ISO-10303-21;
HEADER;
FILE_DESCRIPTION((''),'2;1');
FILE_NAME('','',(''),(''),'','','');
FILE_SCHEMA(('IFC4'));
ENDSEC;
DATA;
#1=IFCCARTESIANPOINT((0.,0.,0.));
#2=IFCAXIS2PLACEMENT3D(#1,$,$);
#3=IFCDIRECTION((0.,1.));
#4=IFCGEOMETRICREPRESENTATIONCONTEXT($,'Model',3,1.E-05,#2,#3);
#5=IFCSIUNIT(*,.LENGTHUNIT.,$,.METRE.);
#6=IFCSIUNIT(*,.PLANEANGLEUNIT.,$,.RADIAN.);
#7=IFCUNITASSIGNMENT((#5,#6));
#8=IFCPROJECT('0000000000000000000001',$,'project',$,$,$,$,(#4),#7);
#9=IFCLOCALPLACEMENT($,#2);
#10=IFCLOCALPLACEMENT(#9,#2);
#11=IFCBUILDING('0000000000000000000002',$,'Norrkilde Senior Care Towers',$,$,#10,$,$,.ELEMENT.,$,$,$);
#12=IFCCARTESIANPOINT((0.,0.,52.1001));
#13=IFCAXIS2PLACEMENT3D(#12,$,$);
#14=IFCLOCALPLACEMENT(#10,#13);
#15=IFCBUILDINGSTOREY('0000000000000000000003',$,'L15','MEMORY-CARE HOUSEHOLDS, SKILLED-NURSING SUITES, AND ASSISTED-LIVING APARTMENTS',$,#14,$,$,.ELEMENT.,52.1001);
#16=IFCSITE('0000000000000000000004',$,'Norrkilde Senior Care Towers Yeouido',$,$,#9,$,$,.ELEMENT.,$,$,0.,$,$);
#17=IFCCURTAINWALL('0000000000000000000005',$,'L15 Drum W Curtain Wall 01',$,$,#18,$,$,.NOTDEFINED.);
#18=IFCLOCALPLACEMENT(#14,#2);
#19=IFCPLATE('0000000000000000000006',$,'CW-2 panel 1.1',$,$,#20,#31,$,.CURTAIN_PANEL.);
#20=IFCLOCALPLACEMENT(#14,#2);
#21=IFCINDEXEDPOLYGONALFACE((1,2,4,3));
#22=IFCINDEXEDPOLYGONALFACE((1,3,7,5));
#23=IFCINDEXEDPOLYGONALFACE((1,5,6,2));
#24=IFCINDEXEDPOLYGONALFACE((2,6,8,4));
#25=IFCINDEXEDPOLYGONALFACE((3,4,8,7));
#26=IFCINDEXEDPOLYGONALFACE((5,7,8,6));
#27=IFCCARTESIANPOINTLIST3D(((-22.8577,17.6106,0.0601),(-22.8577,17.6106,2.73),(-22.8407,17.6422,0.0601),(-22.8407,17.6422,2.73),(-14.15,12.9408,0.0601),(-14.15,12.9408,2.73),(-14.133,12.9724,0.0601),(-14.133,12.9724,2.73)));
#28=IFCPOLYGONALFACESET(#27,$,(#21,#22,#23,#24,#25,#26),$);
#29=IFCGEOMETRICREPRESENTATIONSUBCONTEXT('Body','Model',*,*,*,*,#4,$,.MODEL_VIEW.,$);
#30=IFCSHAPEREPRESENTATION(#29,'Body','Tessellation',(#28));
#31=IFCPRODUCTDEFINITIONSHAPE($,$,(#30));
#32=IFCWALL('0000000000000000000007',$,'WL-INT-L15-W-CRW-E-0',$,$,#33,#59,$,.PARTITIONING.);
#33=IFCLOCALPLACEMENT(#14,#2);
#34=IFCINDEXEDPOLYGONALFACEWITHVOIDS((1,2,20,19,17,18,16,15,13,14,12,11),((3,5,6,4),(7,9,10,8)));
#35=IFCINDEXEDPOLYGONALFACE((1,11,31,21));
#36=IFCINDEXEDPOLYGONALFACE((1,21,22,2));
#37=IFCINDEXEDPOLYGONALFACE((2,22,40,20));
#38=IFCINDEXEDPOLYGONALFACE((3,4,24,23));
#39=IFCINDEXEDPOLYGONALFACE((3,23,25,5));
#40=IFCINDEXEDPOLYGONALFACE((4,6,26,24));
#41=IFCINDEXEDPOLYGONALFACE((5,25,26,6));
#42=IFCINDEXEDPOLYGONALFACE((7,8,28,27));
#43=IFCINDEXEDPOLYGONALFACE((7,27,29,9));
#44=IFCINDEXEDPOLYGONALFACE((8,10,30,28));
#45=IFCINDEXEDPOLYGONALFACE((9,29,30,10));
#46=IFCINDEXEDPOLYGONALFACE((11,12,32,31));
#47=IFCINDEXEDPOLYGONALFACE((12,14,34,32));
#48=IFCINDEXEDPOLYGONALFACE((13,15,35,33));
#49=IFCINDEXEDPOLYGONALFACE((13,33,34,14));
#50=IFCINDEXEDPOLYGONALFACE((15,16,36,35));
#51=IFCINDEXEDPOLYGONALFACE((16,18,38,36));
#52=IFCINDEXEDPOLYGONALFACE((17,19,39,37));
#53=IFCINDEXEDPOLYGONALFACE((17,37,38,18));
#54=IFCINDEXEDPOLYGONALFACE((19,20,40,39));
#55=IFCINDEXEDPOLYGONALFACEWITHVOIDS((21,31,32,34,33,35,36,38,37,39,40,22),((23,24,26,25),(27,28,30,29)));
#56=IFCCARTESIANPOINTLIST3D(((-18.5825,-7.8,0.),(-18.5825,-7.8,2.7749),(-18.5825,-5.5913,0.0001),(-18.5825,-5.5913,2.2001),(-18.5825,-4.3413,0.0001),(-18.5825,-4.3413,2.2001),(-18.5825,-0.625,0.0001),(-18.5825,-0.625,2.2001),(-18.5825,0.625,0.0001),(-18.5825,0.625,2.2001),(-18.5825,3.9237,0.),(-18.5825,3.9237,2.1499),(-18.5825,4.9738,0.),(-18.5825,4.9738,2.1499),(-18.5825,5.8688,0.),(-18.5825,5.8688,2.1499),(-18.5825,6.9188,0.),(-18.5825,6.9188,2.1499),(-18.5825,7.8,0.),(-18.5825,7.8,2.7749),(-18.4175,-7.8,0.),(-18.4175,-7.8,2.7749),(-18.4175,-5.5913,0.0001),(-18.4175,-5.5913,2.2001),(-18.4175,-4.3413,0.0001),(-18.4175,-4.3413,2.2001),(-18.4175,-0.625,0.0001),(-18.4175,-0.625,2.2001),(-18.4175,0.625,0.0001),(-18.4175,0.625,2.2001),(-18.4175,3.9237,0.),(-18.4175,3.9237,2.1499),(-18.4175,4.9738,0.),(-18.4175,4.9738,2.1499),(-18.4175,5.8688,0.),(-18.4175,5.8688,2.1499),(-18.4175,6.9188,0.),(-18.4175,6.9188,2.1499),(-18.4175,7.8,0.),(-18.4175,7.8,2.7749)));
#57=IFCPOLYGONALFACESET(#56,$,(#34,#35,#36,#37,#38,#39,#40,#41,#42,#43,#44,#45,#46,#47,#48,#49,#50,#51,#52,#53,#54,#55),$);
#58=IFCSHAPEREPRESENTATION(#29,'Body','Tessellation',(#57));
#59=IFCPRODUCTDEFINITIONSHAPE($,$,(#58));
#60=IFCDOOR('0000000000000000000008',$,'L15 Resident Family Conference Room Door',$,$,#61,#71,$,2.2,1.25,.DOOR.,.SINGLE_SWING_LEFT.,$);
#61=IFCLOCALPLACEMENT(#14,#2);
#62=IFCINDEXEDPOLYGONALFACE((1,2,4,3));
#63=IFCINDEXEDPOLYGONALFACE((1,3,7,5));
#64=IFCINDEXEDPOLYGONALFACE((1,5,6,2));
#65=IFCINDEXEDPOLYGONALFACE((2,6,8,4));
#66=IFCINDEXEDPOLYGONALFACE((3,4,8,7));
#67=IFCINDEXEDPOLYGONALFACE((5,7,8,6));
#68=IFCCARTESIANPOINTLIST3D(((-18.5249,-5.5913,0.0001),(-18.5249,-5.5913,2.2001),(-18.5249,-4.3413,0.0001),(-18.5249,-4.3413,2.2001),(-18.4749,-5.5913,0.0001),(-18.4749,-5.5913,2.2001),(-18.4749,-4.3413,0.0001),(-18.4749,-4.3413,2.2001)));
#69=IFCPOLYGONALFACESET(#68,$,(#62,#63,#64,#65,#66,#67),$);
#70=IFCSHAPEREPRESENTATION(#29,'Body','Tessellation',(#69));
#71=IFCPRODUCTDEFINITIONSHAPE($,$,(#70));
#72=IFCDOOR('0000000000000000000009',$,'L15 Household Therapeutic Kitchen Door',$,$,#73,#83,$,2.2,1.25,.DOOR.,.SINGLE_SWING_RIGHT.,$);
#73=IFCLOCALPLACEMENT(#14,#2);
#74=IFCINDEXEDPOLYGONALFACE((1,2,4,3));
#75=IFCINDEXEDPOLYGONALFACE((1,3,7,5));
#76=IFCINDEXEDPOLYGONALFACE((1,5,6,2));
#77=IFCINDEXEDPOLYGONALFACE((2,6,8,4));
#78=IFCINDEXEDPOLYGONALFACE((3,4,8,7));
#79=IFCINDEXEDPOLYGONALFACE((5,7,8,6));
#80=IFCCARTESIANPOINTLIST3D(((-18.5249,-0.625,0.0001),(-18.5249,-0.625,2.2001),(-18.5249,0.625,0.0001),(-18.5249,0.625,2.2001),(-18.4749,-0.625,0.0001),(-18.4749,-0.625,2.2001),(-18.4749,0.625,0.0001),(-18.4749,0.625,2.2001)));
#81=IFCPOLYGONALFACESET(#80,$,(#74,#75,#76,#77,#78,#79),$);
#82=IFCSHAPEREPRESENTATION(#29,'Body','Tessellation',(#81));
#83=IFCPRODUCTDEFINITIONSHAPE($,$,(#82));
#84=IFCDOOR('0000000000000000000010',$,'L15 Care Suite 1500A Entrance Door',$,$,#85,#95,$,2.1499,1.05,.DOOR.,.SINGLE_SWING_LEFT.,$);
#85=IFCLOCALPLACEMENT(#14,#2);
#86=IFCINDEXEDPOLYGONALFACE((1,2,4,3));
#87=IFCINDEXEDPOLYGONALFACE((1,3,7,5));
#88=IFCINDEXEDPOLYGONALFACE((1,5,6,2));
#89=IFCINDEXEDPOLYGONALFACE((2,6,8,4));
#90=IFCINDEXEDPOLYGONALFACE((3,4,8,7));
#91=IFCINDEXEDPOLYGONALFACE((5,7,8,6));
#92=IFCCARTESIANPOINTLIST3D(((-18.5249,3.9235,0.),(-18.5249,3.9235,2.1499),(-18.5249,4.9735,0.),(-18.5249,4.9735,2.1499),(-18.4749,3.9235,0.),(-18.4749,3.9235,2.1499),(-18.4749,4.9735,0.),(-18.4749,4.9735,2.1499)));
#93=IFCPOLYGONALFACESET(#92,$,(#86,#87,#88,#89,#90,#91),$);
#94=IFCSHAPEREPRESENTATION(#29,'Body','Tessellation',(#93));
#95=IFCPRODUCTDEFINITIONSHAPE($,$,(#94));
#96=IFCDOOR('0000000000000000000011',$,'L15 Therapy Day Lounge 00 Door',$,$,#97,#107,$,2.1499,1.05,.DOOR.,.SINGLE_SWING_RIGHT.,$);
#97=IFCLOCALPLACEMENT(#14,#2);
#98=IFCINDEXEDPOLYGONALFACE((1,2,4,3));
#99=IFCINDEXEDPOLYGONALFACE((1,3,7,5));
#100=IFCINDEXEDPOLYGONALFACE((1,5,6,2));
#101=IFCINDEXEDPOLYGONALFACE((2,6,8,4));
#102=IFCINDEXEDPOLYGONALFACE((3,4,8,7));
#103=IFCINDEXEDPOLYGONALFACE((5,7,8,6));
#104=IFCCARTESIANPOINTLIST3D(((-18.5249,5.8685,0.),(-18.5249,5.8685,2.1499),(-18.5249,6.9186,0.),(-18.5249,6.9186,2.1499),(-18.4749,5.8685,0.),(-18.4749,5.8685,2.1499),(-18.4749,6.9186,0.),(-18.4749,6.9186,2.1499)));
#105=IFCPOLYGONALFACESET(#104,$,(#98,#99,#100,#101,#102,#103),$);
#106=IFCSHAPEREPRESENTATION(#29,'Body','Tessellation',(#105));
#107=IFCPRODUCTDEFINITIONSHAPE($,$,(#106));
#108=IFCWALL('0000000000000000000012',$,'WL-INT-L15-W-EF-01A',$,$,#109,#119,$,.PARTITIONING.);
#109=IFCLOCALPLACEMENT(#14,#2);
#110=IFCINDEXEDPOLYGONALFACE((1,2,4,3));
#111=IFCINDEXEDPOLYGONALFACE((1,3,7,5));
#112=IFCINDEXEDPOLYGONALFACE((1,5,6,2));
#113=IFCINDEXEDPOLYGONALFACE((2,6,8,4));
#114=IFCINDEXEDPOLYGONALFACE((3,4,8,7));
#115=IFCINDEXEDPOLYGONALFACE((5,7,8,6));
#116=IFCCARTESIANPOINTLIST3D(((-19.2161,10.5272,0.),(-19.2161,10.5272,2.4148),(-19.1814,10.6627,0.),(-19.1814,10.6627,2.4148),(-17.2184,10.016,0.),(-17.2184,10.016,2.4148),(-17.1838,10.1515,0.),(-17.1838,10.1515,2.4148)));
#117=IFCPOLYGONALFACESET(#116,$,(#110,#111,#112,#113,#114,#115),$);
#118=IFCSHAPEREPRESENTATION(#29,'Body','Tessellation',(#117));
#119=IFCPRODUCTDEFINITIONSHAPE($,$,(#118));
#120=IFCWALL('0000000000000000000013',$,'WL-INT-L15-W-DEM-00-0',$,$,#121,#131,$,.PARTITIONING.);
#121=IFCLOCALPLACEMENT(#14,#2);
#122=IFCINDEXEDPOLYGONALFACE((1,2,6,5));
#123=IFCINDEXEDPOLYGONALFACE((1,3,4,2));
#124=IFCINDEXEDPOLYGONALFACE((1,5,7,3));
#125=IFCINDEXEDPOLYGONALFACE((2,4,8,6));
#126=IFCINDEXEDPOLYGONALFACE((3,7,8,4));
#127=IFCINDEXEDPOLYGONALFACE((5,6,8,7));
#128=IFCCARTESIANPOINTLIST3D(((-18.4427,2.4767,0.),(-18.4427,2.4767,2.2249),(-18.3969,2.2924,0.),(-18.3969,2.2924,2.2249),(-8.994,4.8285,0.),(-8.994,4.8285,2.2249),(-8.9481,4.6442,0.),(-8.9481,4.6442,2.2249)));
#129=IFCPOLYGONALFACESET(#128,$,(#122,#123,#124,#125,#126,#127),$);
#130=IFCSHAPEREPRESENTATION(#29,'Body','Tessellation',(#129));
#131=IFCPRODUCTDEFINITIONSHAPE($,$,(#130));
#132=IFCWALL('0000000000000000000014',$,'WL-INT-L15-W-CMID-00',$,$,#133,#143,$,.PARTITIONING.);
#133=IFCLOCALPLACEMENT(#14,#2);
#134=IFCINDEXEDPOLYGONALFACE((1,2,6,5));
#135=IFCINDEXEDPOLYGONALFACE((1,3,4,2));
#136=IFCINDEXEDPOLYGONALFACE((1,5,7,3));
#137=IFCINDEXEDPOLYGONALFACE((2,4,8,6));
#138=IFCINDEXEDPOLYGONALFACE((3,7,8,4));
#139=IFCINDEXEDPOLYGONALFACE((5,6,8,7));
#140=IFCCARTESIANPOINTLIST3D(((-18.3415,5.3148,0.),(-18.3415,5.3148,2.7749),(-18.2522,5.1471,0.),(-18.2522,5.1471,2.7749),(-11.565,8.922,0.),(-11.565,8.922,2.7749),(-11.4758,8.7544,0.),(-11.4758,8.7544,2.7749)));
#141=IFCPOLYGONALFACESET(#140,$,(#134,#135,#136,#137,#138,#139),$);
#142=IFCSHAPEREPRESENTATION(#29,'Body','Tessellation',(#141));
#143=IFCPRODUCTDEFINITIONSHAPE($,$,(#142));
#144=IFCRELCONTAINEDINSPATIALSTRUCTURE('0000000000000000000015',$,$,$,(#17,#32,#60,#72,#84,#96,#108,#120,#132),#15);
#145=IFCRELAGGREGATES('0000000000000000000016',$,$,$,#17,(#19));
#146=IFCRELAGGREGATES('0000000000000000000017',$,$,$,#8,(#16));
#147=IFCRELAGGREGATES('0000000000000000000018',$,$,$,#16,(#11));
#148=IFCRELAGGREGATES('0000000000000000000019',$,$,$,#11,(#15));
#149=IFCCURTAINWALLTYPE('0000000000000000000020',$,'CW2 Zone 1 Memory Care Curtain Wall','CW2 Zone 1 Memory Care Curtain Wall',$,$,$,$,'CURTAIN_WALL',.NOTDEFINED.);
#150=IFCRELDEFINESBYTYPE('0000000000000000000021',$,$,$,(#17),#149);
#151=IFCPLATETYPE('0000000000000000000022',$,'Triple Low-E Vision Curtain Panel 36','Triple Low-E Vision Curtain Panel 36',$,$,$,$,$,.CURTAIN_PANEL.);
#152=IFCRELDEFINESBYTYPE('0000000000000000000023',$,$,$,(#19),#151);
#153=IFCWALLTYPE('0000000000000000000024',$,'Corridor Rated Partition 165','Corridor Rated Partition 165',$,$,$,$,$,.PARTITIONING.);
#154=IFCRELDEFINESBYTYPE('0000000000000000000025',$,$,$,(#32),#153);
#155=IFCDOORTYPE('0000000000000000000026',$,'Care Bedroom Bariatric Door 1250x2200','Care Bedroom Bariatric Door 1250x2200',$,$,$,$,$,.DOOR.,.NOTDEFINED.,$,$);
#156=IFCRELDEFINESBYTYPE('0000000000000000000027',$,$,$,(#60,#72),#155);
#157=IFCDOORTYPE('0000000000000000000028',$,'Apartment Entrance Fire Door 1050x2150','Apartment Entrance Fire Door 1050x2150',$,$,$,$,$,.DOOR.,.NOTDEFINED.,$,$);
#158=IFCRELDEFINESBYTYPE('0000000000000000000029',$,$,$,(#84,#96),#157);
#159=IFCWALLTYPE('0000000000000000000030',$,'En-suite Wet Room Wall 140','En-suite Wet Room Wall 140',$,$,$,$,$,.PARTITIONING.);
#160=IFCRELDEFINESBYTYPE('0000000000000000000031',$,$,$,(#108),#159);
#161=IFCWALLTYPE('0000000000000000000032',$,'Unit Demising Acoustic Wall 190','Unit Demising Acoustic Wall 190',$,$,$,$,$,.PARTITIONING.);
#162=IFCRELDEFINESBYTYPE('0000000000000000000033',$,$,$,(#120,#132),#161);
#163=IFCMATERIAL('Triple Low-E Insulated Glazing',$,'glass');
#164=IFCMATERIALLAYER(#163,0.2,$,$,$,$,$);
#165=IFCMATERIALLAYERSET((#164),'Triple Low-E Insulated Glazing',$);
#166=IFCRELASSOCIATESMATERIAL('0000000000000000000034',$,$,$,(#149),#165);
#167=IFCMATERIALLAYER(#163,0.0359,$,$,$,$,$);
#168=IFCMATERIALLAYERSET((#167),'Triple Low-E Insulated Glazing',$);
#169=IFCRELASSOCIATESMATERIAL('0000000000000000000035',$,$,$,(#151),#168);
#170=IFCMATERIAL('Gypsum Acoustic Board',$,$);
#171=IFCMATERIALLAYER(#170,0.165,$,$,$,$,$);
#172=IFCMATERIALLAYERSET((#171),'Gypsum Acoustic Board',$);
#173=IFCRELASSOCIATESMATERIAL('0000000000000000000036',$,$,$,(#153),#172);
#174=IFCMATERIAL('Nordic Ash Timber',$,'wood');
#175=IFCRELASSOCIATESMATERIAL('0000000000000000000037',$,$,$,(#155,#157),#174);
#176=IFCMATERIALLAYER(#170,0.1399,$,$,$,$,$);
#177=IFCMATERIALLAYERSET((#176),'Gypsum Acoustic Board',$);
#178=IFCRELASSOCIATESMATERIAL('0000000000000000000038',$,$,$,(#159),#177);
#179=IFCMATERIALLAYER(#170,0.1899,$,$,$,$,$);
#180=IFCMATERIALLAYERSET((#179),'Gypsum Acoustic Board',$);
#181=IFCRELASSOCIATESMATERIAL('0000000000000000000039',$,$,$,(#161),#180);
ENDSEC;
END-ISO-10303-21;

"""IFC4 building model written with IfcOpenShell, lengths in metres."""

from ifc_helpers import new_model, si_unit, direction, frame, frame_2d, origin, origin_2d, place, context, subcontext, project, spatial, rectangle, extrude, source, transform, mapped, material, layer, layer_set, type_object, type_shapes, element, fill, aggregate, save


model = new_model("IFC4")

# Units and contexts
model_context = context("Model", 3, precision=1e-05, world=origin(), true_north=direction((0.0, 1.0)))
body_context = subcontext(model_context, "Body", "Model", "MODEL_VIEW")
ifc_project = project(units=[si_unit("LENGTHUNIT", "METRE"), si_unit("PLANEANGLEUNIT", "RADIAN")], contexts=[model_context])

# Site, building, storey
site_placement = place(None, origin())
site = spatial("IfcSite", under=ifc_project, at=site_placement, Name="Norrkilde Senior Care Towers Yeouido", CompositionType="ELEMENT", RefElevation=0.0)
building_placement = place(site_placement, origin())
building = spatial("IfcBuilding", under=site, at=building_placement, Name="Norrkilde Senior Care Towers", CompositionType="ELEMENT")
storey_placement = place(building_placement, frame((0.0, 0.0, 52.1001)))
storey = spatial("IfcBuildingStorey", under=building, at=storey_placement, Name="L15", Description="MEMORY-CARE HOUSEHOLDS, SKILLED-NURSING SUITES, AND ASSISTED-LIVING APARTMENTS", CompositionType="ELEMENT", Elevation=52.1001)

# Shared definitions
ifc_material_1 = material(Name="Triple Low-E Insulated Glazing", Category="glass")
ifc_layer_1 = layer(ifc_material_1, 0.2)
ifc_layer_set_1 = layer_set([ifc_layer_1], Name="Triple Low-E Insulated Glazing")
curtain_wall_type = type_object("IfcCurtainWallType", Name="CW2 Zone 1 Memory Care Curtain Wall", Description="CW2 Zone 1 Memory Care Curtain Wall", ElementType="CURTAIN_WALL", PredefinedType="NOTDEFINED", material=ifc_layer_set_1)

# Curtain wall
curtain_wall_1_placement = place(storey_placement, origin())
curtain_wall_1 = element("IfcCurtainWall", 1, at=curtain_wall_1_placement, inside=storey, type_object=curtain_wall_type, Name="L15 Drum W Curtain Wall 01", PredefinedType="NOTDEFINED")

# Plate
ifc_layer_2 = layer(ifc_material_1, 0.0359)
ifc_layer_set_2 = layer_set([ifc_layer_2], Name="Triple Low-E Insulated Glazing")
plate_type = type_object("IfcPlateType", Name="Triple Low-E Vision Curtain Panel 36", Description="Triple Low-E Vision Curtain Panel 36", PredefinedType="CURTAIN_PANEL", material=ifc_layer_set_2)
shared_shape_1 = source(origin(), body_context, "Body", "SweptSolid", [
    extrude(rectangle(XDim=9.8809, YDim=0.0359, at=origin_2d()), origin(), (0.0, 0.0, 1.0), 2.6699),
])
plate_1_placement = place(storey_placement, frame((-18.4954, 15.2915, 0.0601), z_axis=(0.0, 0.0, 1.0), x_axis=(0.881273, -0.472608, 0.0)))
plate_1 = element("IfcPlate", 2, at=plate_1_placement, type_object=plate_type, Name="CW-2 panel 1.1", PredefinedType="CURTAIN_PANEL", context=body_context, shape_type="MappedRepresentation", body=[
    mapped(shared_shape_1, transform((0.0, 0.0, 0.0), x_axis=(1.0, 0.0, 0.0), y_axis=(0.0, 1.0, 0.0), z_axis=(0.0, 0.0, 1.0), scale=1.0)),
])
aggregate(curtain_wall_1, [plate_1])

# Wall, openings, doors
ifc_material_2 = material(Name="Gypsum Acoustic Board")
ifc_layer_3 = layer(ifc_material_2, 0.165)
ifc_layer_set_3 = layer_set([ifc_layer_3], Name="Gypsum Acoustic Board")
wall_type_1 = type_object("IfcWallType", Name="Corridor Rated Partition 165", Description="Corridor Rated Partition 165", PredefinedType="PARTITIONING", material=ifc_layer_set_3)
shared_shape_2 = source(origin(), body_context, "Body", "SweptSolid", [
    extrude(rectangle(XDim=15.6001, YDim=0.165, at=frame_2d((7.8, 0.0))), origin(), (0.0, 0.0, 1.0), 2.7749),
])
type_shapes(wall_type_1, [shared_shape_2])
wall_1_placement = place(storey_placement, frame((-18.5, 7.8, 0.0), z_axis=(0.0, 0.0, 1.0), x_axis=(0.0, -1.0, 0.0)))
wall_1 = element("IfcWall", 3, at=wall_1_placement, inside=storey, type_object=wall_type_1, Name="WL-INT-L15-W-CRW-E-0", PredefinedType="PARTITIONING", context=body_context, shape_type="MappedRepresentation", body=[
    mapped(shared_shape_2, transform((0.0, 0.0, 0.0), x_axis=(1.0, 0.0, 0.0), y_axis=(0.0, 1.0, 0.0), z_axis=(0.0, 0.0, 1.0), scale=1.0)),
])
opening_1_placement = place(wall_1_placement, frame((12.1414, 0.0, 0.0)))
opening_1 = element("IfcOpeningElement", 4, at=opening_1_placement, cuts=wall_1, PredefinedType="OPENING", context=body_context, shape_type="SweptSolid", body=[
    extrude(rectangle(XDim=1.25, YDim=2.2, at=frame_2d((0.625, 1.1001))), frame((0.0, 0.0925, 0.0), z_axis=(0.0, -1.0, 0.0), x_axis=(1.0, 0.0, 0.0)), (0.0, 0.0, 1.0), 0.1851),
])
opening_2_placement = place(wall_1_placement, frame((7.175, 0.0, 0.0)))
opening_2 = element("IfcOpeningElement", 5, at=opening_2_placement, cuts=wall_1, PredefinedType="OPENING", context=body_context, shape_type="SweptSolid", body=[
    extrude(rectangle(XDim=1.25, YDim=2.2, at=frame_2d((0.625, 1.1001))), frame((0.0, 0.0925, 0.0), z_axis=(0.0, -1.0, 0.0), x_axis=(1.0, 0.0, 0.0)), (0.0, 0.0, 1.0), 0.1851),
])
opening_3_placement = place(wall_1_placement, frame((2.8264, 0.0, 0.0)))
opening_3 = element("IfcOpeningElement", 6, at=opening_3_placement, cuts=wall_1, PredefinedType="OPENING", context=body_context, shape_type="SweptSolid", body=[
    extrude(rectangle(XDim=1.05, YDim=2.1499, at=frame_2d((0.5249, 1.075))), frame((0.0, 0.0925, 0.0), z_axis=(0.0, -1.0, 0.0), x_axis=(1.0, 0.0, 0.0)), (0.0, 0.0, 1.0), 0.1851),
])
opening_4_placement = place(wall_1_placement, frame((0.8813, 0.0, 0.0)))
opening_4 = element("IfcOpeningElement", 7, at=opening_4_placement, cuts=wall_1, PredefinedType="OPENING", context=body_context, shape_type="SweptSolid", body=[
    extrude(rectangle(XDim=1.05, YDim=2.1499, at=frame_2d((0.5249, 1.075))), frame((0.0, 0.0925, 0.0), z_axis=(0.0, -1.0, 0.0), x_axis=(1.0, 0.0, 0.0)), (0.0, 0.0, 1.0), 0.1851),
])
ifc_material_3 = material(Name="Nordic Ash Timber", Category="wood")
door_type_1 = type_object("IfcDoorType", Name="Care Bedroom Bariatric Door 1250x2200", Description="Care Bedroom Bariatric Door 1250x2200", OperationType="NOTDEFINED", PredefinedType="DOOR", material=ifc_material_3)
shared_shape_3 = source(origin(), body_context, "Body", "SweptSolid", [
    extrude(rectangle(XDim=1.25, YDim=2.2, at=frame_2d((0.625, 1.1001))), frame((0.0, 0.0249, 0.0), z_axis=(0.0, -1.0, 0.0), x_axis=(1.0, 0.0, 0.0)), (0.0, 0.0, 1.0), 0.05),
])
type_shapes(door_type_1, [shared_shape_3])
door_1_placement = place(opening_1_placement, frame((1.25, 0.0, 0.0), z_axis=(0.0, 0.0, 1.0), x_axis=(-1.0, 0.0, 0.0)))
door_1 = element("IfcDoor", 8, at=door_1_placement, inside=storey, type_object=door_type_1, Name="L15 Resident Family Conference Room Door", OperationType="SINGLE_SWING_LEFT", OverallHeight=2.2, OverallWidth=1.25, PredefinedType="DOOR", context=body_context, shape_type="MappedRepresentation", body=[
    mapped(shared_shape_3, transform((0.0, 0.0, 0.0), x_axis=(1.0, 0.0, 0.0), y_axis=(0.0, 1.0, 0.0), z_axis=(0.0, 0.0, 1.0), scale=1.0)),
])
fill(opening_1, door_1)
door_2_placement = place(opening_2_placement, frame((1.25, 0.0, 0.0), z_axis=(0.0, 0.0, 1.0), x_axis=(-1.0, 0.0, 0.0)))
door_2 = element("IfcDoor", 9, at=door_2_placement, inside=storey, type_object=door_type_1, Name="L15 Household Therapeutic Kitchen Door", OperationType="SINGLE_SWING_RIGHT", OverallHeight=2.2, OverallWidth=1.25, PredefinedType="DOOR", context=body_context, shape_type="MappedRepresentation", body=[
    mapped(shared_shape_3, transform((0.0, 0.0, 0.0), x_axis=(1.0, 0.0, 0.0), y_axis=(0.0, 1.0, 0.0), z_axis=(0.0, 0.0, 1.0), scale=1.0)),
])
fill(opening_2, door_2)
door_type_2 = type_object("IfcDoorType", Name="Apartment Entrance Fire Door 1050x2150", Description="Apartment Entrance Fire Door 1050x2150", OperationType="NOTDEFINED", PredefinedType="DOOR", material=ifc_material_3)
shared_shape_4 = source(origin(), body_context, "Body", "SweptSolid", [
    extrude(rectangle(XDim=1.05, YDim=2.1499, at=frame_2d((0.5249, 1.075))), frame((0.0, 0.0249, 0.0), z_axis=(0.0, -1.0, 0.0), x_axis=(1.0, 0.0, 0.0)), (0.0, 0.0, 1.0), 0.05),
])
type_shapes(door_type_2, [shared_shape_4])
door_3_placement = place(opening_3_placement, frame((1.05, 0.0, 0.0), z_axis=(0.0, 0.0, 1.0), x_axis=(-1.0, 0.0, 0.0)))
door_3 = element("IfcDoor", 10, at=door_3_placement, inside=storey, type_object=door_type_2, Name="L15 Care Suite 1500A Entrance Door", OperationType="SINGLE_SWING_LEFT", OverallHeight=2.1499, OverallWidth=1.05, PredefinedType="DOOR", context=body_context, shape_type="MappedRepresentation", body=[
    mapped(shared_shape_4, transform((0.0, 0.0, 0.0), x_axis=(1.0, 0.0, 0.0), y_axis=(0.0, 1.0, 0.0), z_axis=(0.0, 0.0, 1.0), scale=1.0)),
])
fill(opening_3, door_3)
door_4_placement = place(opening_4_placement, frame((1.05, 0.0, 0.0), z_axis=(0.0, 0.0, 1.0), x_axis=(-1.0, 0.0, 0.0)))
door_4 = element("IfcDoor", 11, at=door_4_placement, inside=storey, type_object=door_type_2, Name="L15 Therapy Day Lounge 00 Door", OperationType="SINGLE_SWING_RIGHT", OverallHeight=2.1499, OverallWidth=1.05, PredefinedType="DOOR", context=body_context, shape_type="MappedRepresentation", body=[
    mapped(shared_shape_4, transform((0.0, 0.0, 0.0), x_axis=(1.0, 0.0, 0.0), y_axis=(0.0, 1.0, 0.0), z_axis=(0.0, 0.0, 1.0), scale=1.0)),
])
fill(opening_4, door_4)

# Walls
ifc_layer_4 = layer(ifc_material_2, 0.1399)
ifc_layer_set_4 = layer_set([ifc_layer_4], Name="Gypsum Acoustic Board")
wall_type_2 = type_object("IfcWallType", Name="En-suite Wet Room Wall 140", Description="En-suite Wet Room Wall 140", PredefinedType="PARTITIONING", material=ifc_layer_set_4)
shared_shape_5 = source(origin(), body_context, "Body", "SweptSolid", [
    extrude(rectangle(XDim=2.062, YDim=0.1399, at=frame_2d((1.031, 0.0))), origin(), (0.0, 0.0, 1.0), 2.4148),
])
wall_2_placement = place(storey_placement, frame((-19.1987, 10.595, 0.0), z_axis=(0.0, 0.0, 1.0), x_axis=(0.968776, -0.247937, 0.0)))
element("IfcWall", 12, at=wall_2_placement, inside=storey, type_object=wall_type_2, Name="WL-INT-L15-W-EF-01A", PredefinedType="PARTITIONING", context=body_context, shape_type="MappedRepresentation", body=[
    mapped(shared_shape_5, transform((0.0, 0.0, 0.0), x_axis=(1.0, 0.0, 0.0), y_axis=(0.0, 1.0, 0.0), z_axis=(0.0, 0.0, 1.0), scale=1.0)),
])
ifc_layer_5 = layer(ifc_material_2, 0.1899)
ifc_layer_set_5 = layer_set([ifc_layer_5], Name="Gypsum Acoustic Board")
wall_type_3 = type_object("IfcWallType", Name="Unit Demising Acoustic Wall 190", Description="Unit Demising Acoustic Wall 190", PredefinedType="PARTITIONING", material=ifc_layer_set_5)
shared_shape_6 = source(origin(), body_context, "Body", "SweptSolid", [
    extrude(rectangle(XDim=9.7371, YDim=0.1899, at=frame_2d((4.8687, 0.0))), origin(), (0.0, 0.0, 1.0), 2.2249),
])
wall_3_placement = place(storey_placement, frame((-18.4199, 2.3845, 0.0), z_axis=(0.0, 0.0, 1.0), x_axis=(0.970393, 0.241533, 0.0)))
element("IfcWall", 13, at=wall_3_placement, inside=storey, type_object=wall_type_3, Name="WL-INT-L15-W-DEM-00-0", PredefinedType="PARTITIONING", context=body_context, shape_type="MappedRepresentation", body=[
    mapped(shared_shape_6, transform((0.0, 0.0, 0.0), x_axis=(1.0, 0.0, 0.0), y_axis=(0.0, 1.0, 0.0), z_axis=(0.0, 0.0, 1.0), scale=1.0)),
])
shared_shape_7 = source(origin(), body_context, "Body", "SweptSolid", [
    extrude(rectangle(XDim=7.6768, YDim=0.1899, at=frame_2d((3.8384, 0.0))), origin(), (0.0, 0.0, 1.0), 2.7749),
])
type_shapes(wall_type_3, [shared_shape_6, shared_shape_7])
wall_4_placement = place(storey_placement, frame((-18.2969, 5.231, 0.0), z_axis=(0.0, 0.0, 1.0), x_axis=(0.882725, 0.46989, 0.0)))
element("IfcWall", 14, at=wall_4_placement, inside=storey, type_object=wall_type_3, Name="WL-INT-L15-W-CMID-00", PredefinedType="PARTITIONING", context=body_context, shape_type="MappedRepresentation", body=[
    mapped(shared_shape_7, transform((0.0, 0.0, 0.0), x_axis=(1.0, 0.0, 0.0), y_axis=(0.0, 1.0, 0.0), z_axis=(0.0, 0.0, 1.0), scale=1.0)),
])

save(model, "model.ifc")
